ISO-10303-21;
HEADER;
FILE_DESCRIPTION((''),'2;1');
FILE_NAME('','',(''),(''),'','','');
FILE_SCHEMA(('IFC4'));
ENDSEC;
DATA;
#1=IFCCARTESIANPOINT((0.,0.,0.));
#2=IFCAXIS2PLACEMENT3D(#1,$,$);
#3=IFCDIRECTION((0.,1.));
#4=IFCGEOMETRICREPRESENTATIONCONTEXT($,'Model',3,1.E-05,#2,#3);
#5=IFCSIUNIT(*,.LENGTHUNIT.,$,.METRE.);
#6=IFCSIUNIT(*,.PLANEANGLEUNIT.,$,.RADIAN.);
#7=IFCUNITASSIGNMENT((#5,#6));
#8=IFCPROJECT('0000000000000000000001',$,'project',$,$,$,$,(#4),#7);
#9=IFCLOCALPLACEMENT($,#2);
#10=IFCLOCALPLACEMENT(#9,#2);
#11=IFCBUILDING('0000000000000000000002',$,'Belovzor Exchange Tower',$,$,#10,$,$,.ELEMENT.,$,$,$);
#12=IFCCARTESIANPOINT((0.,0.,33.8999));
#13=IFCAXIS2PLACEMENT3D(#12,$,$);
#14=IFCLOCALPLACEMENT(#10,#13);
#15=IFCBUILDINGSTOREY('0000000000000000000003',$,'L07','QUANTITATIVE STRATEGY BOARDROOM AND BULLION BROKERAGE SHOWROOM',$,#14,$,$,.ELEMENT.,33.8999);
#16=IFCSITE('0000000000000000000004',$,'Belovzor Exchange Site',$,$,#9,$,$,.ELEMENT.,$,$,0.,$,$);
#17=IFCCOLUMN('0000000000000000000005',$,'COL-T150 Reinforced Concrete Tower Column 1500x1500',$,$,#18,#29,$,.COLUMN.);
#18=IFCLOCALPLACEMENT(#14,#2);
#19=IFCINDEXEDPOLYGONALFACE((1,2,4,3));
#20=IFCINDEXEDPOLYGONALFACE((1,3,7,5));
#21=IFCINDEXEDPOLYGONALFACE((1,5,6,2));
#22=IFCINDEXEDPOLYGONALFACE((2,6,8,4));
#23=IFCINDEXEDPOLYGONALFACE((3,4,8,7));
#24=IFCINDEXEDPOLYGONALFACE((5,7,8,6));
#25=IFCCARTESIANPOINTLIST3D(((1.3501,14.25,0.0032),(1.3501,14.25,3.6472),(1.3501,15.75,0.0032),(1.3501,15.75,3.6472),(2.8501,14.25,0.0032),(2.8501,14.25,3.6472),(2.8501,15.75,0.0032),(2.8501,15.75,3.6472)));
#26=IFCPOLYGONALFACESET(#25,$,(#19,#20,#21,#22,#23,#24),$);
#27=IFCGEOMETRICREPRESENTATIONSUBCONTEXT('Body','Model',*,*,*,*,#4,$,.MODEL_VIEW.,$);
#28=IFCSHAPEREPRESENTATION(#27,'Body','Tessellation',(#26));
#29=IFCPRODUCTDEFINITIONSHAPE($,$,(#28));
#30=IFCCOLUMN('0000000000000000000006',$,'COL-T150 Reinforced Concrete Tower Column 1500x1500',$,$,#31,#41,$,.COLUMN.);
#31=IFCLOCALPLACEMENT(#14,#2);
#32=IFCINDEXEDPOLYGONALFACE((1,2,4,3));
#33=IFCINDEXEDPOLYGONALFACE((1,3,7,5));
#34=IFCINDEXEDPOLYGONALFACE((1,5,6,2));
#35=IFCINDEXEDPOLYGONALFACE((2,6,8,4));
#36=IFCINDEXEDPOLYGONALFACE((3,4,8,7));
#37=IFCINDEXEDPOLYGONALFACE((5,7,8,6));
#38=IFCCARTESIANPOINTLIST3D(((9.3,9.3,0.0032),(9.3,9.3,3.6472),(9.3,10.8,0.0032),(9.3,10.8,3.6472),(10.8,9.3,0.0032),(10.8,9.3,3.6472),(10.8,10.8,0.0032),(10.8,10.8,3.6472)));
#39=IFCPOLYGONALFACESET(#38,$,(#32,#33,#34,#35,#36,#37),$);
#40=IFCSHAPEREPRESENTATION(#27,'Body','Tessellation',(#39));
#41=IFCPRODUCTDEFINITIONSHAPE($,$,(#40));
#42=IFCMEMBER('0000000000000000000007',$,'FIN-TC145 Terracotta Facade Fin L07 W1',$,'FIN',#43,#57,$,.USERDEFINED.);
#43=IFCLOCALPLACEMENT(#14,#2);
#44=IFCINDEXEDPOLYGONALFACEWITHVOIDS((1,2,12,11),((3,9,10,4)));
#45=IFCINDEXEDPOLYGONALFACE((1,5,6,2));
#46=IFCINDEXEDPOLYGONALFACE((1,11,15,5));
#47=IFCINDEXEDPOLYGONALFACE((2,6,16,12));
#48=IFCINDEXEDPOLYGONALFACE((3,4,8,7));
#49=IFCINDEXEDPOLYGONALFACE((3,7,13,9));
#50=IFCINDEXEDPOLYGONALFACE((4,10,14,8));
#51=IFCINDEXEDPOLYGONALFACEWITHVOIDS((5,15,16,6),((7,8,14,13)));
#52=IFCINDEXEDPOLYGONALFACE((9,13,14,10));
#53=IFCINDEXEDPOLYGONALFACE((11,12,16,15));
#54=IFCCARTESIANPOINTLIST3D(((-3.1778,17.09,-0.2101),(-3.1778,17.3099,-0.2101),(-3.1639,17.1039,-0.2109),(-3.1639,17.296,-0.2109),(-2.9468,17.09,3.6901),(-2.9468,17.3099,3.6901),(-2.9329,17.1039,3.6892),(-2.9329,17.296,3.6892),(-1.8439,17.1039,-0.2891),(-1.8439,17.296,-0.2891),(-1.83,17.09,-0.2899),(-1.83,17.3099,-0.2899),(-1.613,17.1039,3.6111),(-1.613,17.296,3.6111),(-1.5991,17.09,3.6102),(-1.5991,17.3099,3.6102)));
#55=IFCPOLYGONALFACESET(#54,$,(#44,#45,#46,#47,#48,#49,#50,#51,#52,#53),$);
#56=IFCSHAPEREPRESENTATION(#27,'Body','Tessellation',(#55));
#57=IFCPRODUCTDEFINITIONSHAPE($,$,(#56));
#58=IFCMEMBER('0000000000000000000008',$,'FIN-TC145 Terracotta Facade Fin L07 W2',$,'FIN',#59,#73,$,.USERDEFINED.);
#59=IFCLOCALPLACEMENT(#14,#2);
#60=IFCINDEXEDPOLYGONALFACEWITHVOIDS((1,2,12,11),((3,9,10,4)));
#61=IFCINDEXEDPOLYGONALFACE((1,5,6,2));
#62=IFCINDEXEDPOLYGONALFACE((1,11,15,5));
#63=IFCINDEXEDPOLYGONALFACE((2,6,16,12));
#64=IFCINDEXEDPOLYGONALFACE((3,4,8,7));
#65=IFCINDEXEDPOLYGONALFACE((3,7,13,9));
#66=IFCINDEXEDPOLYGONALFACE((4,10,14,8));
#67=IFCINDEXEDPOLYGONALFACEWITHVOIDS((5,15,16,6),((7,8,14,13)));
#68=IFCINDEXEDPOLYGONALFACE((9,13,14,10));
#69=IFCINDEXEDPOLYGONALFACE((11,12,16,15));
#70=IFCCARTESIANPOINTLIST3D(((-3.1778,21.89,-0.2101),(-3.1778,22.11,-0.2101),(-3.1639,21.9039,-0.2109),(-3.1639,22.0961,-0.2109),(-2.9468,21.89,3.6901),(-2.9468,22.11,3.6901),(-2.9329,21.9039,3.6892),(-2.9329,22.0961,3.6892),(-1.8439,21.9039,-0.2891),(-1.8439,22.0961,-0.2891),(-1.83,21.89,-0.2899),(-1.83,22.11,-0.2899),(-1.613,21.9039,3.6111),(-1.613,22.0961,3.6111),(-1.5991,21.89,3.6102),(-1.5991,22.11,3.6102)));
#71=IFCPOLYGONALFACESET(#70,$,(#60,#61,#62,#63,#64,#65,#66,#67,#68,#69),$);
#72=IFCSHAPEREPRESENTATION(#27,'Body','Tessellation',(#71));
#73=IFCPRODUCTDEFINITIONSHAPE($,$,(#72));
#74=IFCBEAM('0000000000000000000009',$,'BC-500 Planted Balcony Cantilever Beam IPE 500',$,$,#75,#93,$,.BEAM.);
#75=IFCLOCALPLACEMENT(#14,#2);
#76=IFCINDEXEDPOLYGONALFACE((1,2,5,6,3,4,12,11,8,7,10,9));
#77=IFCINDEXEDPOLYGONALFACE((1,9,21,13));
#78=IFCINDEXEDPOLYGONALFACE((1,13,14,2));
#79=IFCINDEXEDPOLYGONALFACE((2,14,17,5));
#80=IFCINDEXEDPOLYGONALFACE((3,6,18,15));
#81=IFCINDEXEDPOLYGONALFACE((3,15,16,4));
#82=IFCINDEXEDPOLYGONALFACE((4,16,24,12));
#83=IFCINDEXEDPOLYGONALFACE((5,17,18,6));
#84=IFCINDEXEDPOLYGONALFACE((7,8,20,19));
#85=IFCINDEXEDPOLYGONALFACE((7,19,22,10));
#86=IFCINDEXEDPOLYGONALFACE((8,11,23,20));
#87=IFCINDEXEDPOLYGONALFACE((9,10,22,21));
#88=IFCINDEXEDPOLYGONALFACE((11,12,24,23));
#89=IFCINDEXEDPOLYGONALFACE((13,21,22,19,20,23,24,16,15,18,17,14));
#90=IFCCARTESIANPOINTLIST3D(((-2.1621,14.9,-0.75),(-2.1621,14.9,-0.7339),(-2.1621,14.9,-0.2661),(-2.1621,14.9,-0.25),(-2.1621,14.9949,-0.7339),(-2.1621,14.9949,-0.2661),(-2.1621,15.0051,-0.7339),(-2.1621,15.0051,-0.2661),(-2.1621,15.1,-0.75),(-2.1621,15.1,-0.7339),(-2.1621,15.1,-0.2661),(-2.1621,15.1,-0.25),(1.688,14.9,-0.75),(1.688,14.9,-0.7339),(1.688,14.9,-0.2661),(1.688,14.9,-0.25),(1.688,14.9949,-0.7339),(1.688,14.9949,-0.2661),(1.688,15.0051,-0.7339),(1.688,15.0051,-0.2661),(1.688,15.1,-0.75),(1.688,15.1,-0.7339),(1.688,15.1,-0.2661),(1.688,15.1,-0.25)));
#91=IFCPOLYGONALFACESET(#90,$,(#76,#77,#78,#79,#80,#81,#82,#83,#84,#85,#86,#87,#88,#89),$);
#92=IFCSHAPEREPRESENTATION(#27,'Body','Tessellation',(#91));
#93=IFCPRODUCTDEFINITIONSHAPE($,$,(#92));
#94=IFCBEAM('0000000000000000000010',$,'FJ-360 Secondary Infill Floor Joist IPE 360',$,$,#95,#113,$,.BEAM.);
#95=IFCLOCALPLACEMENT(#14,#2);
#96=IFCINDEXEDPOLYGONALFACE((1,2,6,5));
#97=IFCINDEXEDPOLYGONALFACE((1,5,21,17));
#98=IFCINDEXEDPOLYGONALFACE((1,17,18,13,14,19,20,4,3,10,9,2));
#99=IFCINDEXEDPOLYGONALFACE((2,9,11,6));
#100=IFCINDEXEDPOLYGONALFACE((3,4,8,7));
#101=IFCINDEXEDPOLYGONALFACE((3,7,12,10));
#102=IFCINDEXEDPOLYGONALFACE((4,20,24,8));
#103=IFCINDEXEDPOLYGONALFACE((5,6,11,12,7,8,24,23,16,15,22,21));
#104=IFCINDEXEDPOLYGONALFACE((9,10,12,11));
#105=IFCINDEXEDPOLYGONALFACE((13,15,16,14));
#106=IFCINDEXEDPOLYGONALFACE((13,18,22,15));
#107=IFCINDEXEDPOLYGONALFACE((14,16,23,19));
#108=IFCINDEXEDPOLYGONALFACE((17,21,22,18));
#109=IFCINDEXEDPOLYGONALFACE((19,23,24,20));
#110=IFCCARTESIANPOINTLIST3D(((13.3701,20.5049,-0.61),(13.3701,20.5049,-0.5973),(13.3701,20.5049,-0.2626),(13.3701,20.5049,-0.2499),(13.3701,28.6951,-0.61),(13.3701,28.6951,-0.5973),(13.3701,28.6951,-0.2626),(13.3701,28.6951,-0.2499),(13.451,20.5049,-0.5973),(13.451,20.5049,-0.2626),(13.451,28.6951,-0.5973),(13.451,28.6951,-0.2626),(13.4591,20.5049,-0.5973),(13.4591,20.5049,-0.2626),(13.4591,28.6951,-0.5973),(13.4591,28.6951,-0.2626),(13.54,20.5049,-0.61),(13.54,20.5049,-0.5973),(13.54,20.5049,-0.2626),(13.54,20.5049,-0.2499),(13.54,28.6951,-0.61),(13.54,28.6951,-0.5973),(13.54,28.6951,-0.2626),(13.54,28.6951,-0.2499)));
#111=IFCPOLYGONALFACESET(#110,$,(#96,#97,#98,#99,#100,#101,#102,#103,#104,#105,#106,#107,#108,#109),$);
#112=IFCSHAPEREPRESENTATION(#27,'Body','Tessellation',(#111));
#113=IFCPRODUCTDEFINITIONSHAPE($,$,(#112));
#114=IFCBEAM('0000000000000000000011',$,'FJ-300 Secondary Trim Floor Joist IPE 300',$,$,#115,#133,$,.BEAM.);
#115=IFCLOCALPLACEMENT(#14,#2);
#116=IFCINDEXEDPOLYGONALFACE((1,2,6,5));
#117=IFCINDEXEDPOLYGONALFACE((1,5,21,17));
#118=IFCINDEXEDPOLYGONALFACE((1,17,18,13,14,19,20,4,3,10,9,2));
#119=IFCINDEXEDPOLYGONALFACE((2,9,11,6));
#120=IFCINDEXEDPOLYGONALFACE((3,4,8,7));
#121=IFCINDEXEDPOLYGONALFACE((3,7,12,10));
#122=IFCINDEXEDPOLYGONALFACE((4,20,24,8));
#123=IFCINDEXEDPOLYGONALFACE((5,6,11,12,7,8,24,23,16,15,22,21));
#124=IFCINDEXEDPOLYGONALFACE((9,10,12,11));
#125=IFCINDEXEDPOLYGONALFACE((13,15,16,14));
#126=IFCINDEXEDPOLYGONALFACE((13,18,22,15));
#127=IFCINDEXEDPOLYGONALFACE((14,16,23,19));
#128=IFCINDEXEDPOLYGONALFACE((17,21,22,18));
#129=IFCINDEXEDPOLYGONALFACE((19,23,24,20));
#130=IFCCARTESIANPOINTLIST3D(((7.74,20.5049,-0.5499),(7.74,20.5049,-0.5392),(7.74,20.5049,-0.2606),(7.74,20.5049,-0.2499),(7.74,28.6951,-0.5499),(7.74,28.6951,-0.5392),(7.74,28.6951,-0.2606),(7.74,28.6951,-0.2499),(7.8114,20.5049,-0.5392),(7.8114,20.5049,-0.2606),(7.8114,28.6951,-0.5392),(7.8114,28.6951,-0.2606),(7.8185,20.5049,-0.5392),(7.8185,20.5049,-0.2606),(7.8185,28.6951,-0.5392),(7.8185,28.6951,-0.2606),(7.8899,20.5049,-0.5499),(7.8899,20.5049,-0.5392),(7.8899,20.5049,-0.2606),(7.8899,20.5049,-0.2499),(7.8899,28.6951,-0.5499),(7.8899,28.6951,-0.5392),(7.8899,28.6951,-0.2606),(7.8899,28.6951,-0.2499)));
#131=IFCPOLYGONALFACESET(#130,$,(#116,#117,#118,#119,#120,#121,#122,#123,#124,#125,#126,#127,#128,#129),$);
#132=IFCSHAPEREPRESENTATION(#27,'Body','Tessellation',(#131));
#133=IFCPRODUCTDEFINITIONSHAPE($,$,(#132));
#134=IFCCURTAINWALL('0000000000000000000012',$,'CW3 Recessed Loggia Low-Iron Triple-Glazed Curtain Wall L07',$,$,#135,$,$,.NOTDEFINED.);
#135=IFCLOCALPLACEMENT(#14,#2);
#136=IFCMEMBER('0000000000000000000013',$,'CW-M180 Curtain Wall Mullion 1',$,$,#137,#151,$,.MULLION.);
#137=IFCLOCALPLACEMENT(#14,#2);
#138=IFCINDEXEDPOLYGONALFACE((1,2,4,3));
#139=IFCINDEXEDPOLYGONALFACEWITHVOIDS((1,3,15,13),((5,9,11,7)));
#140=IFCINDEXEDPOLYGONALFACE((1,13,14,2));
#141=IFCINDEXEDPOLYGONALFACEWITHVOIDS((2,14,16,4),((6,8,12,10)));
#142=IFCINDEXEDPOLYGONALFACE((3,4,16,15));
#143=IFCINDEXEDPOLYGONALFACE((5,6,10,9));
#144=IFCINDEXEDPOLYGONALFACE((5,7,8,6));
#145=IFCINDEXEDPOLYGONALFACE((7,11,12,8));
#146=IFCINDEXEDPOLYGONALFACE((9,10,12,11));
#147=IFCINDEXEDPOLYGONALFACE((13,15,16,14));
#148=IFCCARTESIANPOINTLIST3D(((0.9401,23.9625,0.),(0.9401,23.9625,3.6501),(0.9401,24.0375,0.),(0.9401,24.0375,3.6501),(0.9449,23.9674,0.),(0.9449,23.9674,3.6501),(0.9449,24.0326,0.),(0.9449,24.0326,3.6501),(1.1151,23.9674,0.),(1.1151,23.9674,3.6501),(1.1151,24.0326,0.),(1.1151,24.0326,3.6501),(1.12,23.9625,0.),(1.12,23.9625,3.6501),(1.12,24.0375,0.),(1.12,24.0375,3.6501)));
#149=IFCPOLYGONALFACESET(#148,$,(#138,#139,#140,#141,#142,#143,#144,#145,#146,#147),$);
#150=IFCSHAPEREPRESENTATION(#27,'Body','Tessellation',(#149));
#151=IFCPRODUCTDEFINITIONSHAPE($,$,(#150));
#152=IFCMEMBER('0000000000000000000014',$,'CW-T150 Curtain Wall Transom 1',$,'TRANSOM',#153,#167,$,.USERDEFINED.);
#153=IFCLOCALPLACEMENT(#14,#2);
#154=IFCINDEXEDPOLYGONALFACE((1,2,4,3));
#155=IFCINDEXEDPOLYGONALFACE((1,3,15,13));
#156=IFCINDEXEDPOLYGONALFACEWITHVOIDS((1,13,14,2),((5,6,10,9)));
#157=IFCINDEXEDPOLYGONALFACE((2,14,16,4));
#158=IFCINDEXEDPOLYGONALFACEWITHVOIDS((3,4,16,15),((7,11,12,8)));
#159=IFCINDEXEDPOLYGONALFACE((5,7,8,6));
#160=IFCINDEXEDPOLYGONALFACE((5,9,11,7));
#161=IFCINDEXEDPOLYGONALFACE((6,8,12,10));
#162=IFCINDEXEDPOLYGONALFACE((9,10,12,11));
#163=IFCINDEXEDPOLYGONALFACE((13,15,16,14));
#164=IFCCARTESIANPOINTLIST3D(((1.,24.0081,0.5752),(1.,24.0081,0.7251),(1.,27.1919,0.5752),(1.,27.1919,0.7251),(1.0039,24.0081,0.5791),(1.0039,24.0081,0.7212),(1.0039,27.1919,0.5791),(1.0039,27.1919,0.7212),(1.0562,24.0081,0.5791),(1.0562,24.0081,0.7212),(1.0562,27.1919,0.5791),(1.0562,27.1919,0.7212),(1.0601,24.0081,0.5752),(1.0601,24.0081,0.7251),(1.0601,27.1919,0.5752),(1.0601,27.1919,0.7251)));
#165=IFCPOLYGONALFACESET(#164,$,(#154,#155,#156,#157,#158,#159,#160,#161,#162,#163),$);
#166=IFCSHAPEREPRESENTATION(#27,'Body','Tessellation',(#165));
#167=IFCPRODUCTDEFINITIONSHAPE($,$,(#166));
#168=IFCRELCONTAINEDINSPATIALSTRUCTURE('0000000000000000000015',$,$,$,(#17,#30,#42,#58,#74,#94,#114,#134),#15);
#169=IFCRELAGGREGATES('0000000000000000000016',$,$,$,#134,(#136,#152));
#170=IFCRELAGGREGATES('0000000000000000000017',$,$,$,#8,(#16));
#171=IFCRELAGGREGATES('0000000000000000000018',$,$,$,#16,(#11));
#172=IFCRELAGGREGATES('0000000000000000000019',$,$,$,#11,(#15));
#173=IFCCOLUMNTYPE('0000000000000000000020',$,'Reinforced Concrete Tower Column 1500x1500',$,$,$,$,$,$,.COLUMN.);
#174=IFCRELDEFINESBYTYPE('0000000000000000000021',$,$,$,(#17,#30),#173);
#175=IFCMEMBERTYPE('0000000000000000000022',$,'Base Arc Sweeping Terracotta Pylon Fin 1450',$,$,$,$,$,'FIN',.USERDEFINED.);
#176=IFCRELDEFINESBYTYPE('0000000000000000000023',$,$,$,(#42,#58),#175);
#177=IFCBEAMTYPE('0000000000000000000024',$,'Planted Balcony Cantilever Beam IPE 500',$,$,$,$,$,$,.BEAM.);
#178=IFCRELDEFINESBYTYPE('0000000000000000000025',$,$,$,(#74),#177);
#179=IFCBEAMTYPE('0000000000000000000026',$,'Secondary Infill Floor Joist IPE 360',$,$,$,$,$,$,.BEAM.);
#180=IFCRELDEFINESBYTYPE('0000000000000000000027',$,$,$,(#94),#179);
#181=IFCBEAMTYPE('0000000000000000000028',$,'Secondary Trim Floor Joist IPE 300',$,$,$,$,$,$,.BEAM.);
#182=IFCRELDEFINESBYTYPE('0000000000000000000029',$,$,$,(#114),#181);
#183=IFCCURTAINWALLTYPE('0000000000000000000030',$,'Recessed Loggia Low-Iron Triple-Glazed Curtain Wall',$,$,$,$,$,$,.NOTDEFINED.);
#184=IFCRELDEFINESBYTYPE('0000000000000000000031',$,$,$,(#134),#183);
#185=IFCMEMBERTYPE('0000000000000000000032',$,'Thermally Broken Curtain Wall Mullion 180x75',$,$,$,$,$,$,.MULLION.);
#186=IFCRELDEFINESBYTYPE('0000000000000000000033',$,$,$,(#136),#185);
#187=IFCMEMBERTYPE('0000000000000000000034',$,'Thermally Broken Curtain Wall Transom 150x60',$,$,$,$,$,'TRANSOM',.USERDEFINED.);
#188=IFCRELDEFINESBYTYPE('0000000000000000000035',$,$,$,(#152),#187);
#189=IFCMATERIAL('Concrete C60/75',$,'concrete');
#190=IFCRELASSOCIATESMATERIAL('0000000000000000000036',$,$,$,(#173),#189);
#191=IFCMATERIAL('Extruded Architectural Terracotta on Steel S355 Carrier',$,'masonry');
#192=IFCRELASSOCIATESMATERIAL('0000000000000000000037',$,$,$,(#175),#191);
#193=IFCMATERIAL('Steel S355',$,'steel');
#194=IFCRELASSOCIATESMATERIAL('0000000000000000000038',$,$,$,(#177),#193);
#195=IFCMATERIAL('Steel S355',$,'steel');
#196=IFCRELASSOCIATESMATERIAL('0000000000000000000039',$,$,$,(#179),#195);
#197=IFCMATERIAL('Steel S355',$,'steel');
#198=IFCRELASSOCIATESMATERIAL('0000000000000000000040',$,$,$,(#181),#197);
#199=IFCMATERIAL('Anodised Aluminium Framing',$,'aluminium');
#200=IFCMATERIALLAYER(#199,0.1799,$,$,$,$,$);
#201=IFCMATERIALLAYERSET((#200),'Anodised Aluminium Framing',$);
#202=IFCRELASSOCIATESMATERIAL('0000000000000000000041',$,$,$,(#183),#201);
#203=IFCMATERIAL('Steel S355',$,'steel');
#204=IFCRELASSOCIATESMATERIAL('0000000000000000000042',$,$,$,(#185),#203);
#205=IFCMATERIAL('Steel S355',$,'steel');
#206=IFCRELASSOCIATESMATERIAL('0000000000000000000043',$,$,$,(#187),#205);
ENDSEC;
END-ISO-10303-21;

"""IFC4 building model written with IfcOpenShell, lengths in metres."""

from ifc_helpers import new_model, si_unit, direction, frame, origin, origin_2d, place, context, subcontext, project, spatial, rectangle, hollow_rectangle, i_section, extrude, material, layer, layer_set, material_profile, profile_set, type_object, element, aggregate, save


model = new_model("IFC4")

# Units and contexts
model_context = context("Model", 3, precision=1e-05, world=origin(), true_north=direction((0.0, 1.0)))
body_context = subcontext(model_context, "Body", "Model", "MODEL_VIEW")
ifc_project = project(units=[si_unit("LENGTHUNIT", "METRE"), si_unit("PLANEANGLEUNIT", "RADIAN")], contexts=[model_context])

# Site, building, storey
site_placement = place(None, origin())
site = spatial("IfcSite", under=ifc_project, at=site_placement, Name="Belovzor Exchange Site", CompositionType="ELEMENT", RefElevation=0.0)
building_placement = place(site_placement, origin())
building = spatial("IfcBuilding", under=site, at=building_placement, Name="Belovzor Exchange Tower", CompositionType="ELEMENT")
storey_placement = place(building_placement, frame((0.0, 0.0, 33.8999)))
storey = spatial("IfcBuildingStorey", under=building, at=storey_placement, Name="L07", Description="QUANTITATIVE STRATEGY BOARDROOM AND BULLION BROKERAGE SHOWROOM", CompositionType="ELEMENT", Elevation=33.8999)

# Columns
ifc_material_1 = material(Name="Concrete C60/75", Category="concrete")
ifc_material_profile_1 = material_profile(ifc_material_1, rectangle(XDim=1.5, YDim=1.5, at=origin_2d()))
ifc_profile_set_1 = profile_set([ifc_material_profile_1], Name="Concrete C60/75")
column_type = type_object("IfcColumnType", Name="Reinforced Concrete Tower Column 1500x1500", PredefinedType="COLUMN", material=ifc_profile_set_1)
for number, where, z_axis, x_axis, name in (
    (1, (2.1001, 15.0, 0.0032), (0.0, 0.0, 1.0), (1.0, 0.0, 0.0), "COL-T150 Reinforced Concrete Tower Column 1500x1500"),
    (2, (10.05, 10.05, 0.0032), (0.0, 0.0, 1.0), (1.0, 0.0, 0.0), "COL-T150 Reinforced Concrete Tower Column 1500x1500"),
):
    element("IfcColumn", number, at=place(storey_placement, frame(where, z_axis=z_axis, x_axis=x_axis)), inside=storey, type_object=column_type, Name=name, PredefinedType="COLUMN", context=body_context, shape_type="SweptSolid", body=[
        extrude(rectangle(XDim=1.5, YDim=1.5, at=origin_2d()), origin(), (0.0, 0.0, 1.0), 3.644),
    ])

# Members
ifc_material_2 = material(Name="Extruded Architectural Terracotta on Steel S355 Carrier", Category="masonry")
ifc_material_profile_2 = material_profile(ifc_material_2, hollow_rectangle(XDim=0.22, YDim=1.3501, WallThickness=0.0139, at=origin_2d()))
ifc_profile_set_2 = profile_set([ifc_material_profile_2], Name="Extruded Architectural Terracotta on Steel S355 Carrier")
member_type_1 = type_object("IfcMemberType", Name="Base Arc Sweeping Terracotta Pylon Fin 1450", ElementType="FIN", PredefinedType="USERDEFINED", material=ifc_profile_set_2)
for number, where, z_axis, x_axis, name in (
    (3, (-2.5039, 17.2, -0.25), (0.059114, 0.0, 0.998251), (0.0, 1.0, 0.0), "FIN-TC145 Terracotta Facade Fin L07 W1"),
    (4, (-2.5039, 22.0, -0.25), (0.059114, 0.0, 0.998251), (0.0, 1.0, 0.0), "FIN-TC145 Terracotta Facade Fin L07 W2"),
):
    element("IfcMember", number, at=place(storey_placement, frame(where, z_axis=z_axis, x_axis=x_axis)), inside=storey, type_object=member_type_1, Name=name, ObjectType="FIN", PredefinedType="USERDEFINED", context=body_context, shape_type="SweptSolid", body=[
        extrude(hollow_rectangle(XDim=0.22, YDim=1.3501, WallThickness=0.0139, at=origin_2d()), origin(), (0.0, 0.0, 1.0), 3.907),
    ])

# Beams
ifc_material_3 = material(Name="Steel S355", Category="steel")
ifc_material_profile_3 = material_profile(ifc_material_3, i_section(OverallWidth=0.2, OverallDepth=0.5, WebThickness=0.0103, FlangeThickness=0.0161, at=origin_2d()))
ifc_profile_set_3 = profile_set([ifc_material_profile_3], Name="Steel S355")
beam_type_1 = type_object("IfcBeamType", Name="Planted Balcony Cantilever Beam IPE 500", PredefinedType="BEAM", material=ifc_profile_set_3)
beam_1_placement = place(storey_placement, frame((1.688, 15.0, -0.5), z_axis=(-1.0, 0.0, 0.0), x_axis=(0.0, -1.0, 0.0)))
element("IfcBeam", 5, at=beam_1_placement, inside=storey, type_object=beam_type_1, Name="BC-500 Planted Balcony Cantilever Beam IPE 500", PredefinedType="BEAM", context=body_context, shape_type="SweptSolid", body=[
    extrude(i_section(OverallWidth=0.2, OverallDepth=0.5, WebThickness=0.0103, FlangeThickness=0.0161, at=origin_2d()), origin(), (0.0, 0.0, 1.0), 3.8501),
])
ifc_material_4 = material(Name="Steel S355", Category="steel")
ifc_material_profile_4 = material_profile(ifc_material_4, i_section(OverallWidth=0.1699, OverallDepth=0.3601, WebThickness=0.0081, FlangeThickness=0.0127, at=origin_2d()))
ifc_profile_set_4 = profile_set([ifc_material_profile_4], Name="Steel S355")
beam_type_2 = type_object("IfcBeamType", Name="Secondary Infill Floor Joist IPE 360", PredefinedType="BEAM", material=ifc_profile_set_4)
beam_2_placement = place(storey_placement, frame((13.4551, 20.5049, -0.4299), z_axis=(0.0, 1.0, 0.0), x_axis=(-1.0, 0.0, 0.0)))
element("IfcBeam", 6, at=beam_2_placement, inside=storey, type_object=beam_type_2, Name="FJ-360 Secondary Infill Floor Joist IPE 360", PredefinedType="BEAM", context=body_context, shape_type="SweptSolid", body=[
    extrude(i_section(OverallWidth=0.1699, OverallDepth=0.3601, WebThickness=0.0081, FlangeThickness=0.0127, at=origin_2d()), origin(), (0.0, 0.0, 1.0), 8.1902),
])
ifc_material_5 = material(Name="Steel S355", Category="steel")
ifc_material_profile_5 = material_profile(ifc_material_5, i_section(OverallWidth=0.1499, OverallDepth=0.3, WebThickness=0.0071, FlangeThickness=0.0107, at=origin_2d()))
ifc_profile_set_5 = profile_set([ifc_material_profile_5], Name="Steel S355")
beam_type_3 = type_object("IfcBeamType", Name="Secondary Trim Floor Joist IPE 300", PredefinedType="BEAM", material=ifc_profile_set_5)
beam_3_placement = place(storey_placement, frame((7.8149, 20.5049, -0.3999), z_axis=(0.0, 1.0, 0.0), x_axis=(-1.0, 0.0, 0.0)))
element("IfcBeam", 7, at=beam_3_placement, inside=storey, type_object=beam_type_3, Name="FJ-300 Secondary Trim Floor Joist IPE 300", PredefinedType="BEAM", context=body_context, shape_type="SweptSolid", body=[
    extrude(i_section(OverallWidth=0.1499, OverallDepth=0.3, WebThickness=0.0071, FlangeThickness=0.0107, at=origin_2d()), origin(), (0.0, 0.0, 1.0), 8.1902),
])

# Curtain wall, members
ifc_material_6 = material(Name="Anodised Aluminium Framing", Category="aluminium")
ifc_layer_1 = layer(ifc_material_6, 0.1799)
ifc_layer_set_1 = layer_set([ifc_layer_1], Name="Anodised Aluminium Framing")
curtain_wall_type = type_object("IfcCurtainWallType", Name="Recessed Loggia Low-Iron Triple-Glazed Curtain Wall", PredefinedType="NOTDEFINED", material=ifc_layer_set_1)
curtain_wall_placement = place(storey_placement, origin())
curtain_wall = element("IfcCurtainWall", 8, at=curtain_wall_placement, inside=storey, type_object=curtain_wall_type, Name="CW3 Recessed Loggia Low-Iron Triple-Glazed Curtain Wall L07", PredefinedType="NOTDEFINED")
ifc_material_7 = material(Name="Steel S355", Category="steel")
ifc_material_profile_6 = material_profile(ifc_material_7, hollow_rectangle(XDim=0.075, YDim=0.1799, WallThickness=0.0049, at=origin_2d()))
ifc_profile_set_6 = profile_set([ifc_material_profile_6], Name="Steel S355")
member_type_2 = type_object("IfcMemberType", Name="Thermally Broken Curtain Wall Mullion 180x75", PredefinedType="MULLION", material=ifc_profile_set_6)
member_1_placement = place(storey_placement, frame((1.03, 24.0, 0.0), z_axis=(0.0, 0.0, 1.0), x_axis=(0.0, 1.0, 0.0)))
member_1 = element("IfcMember", 9, at=member_1_placement, type_object=member_type_2, Name="CW-M180 Curtain Wall Mullion 1", PredefinedType="MULLION", context=body_context, shape_type="SweptSolid", body=[
    extrude(hollow_rectangle(XDim=0.075, YDim=0.1799, WallThickness=0.0049, at=origin_2d()), origin(), (0.0, 0.0, 1.0), 3.6501),
])
ifc_material_8 = material(Name="Steel S355", Category="steel")
ifc_material_profile_7 = material_profile(ifc_material_8, hollow_rectangle(XDim=0.0601, YDim=0.1499, WallThickness=0.0039, at=origin_2d()))
ifc_profile_set_7 = profile_set([ifc_material_profile_7], Name="Steel S355")
member_type_3 = type_object("IfcMemberType", Name="Thermally Broken Curtain Wall Transom 150x60", ElementType="TRANSOM", PredefinedType="USERDEFINED", material=ifc_profile_set_7)
member_2_placement = place(storey_placement, frame((1.03, 24.0081, 0.6501), z_axis=(0.0, 1.0, 0.0), x_axis=(-1.0, 0.0, 0.0)))
member_2 = element("IfcMember", 10, at=member_2_placement, type_object=member_type_3, Name="CW-T150 Curtain Wall Transom 1", ObjectType="TRANSOM", PredefinedType="USERDEFINED", context=body_context, shape_type="SweptSolid", body=[
    extrude(hollow_rectangle(XDim=0.0601, YDim=0.1499, WallThickness=0.0039, at=origin_2d()), origin(), (0.0, 0.0, 1.0), 3.1838),
])

aggregate(curtain_wall, [member_1, member_2])

save(model, "model.ifc")
